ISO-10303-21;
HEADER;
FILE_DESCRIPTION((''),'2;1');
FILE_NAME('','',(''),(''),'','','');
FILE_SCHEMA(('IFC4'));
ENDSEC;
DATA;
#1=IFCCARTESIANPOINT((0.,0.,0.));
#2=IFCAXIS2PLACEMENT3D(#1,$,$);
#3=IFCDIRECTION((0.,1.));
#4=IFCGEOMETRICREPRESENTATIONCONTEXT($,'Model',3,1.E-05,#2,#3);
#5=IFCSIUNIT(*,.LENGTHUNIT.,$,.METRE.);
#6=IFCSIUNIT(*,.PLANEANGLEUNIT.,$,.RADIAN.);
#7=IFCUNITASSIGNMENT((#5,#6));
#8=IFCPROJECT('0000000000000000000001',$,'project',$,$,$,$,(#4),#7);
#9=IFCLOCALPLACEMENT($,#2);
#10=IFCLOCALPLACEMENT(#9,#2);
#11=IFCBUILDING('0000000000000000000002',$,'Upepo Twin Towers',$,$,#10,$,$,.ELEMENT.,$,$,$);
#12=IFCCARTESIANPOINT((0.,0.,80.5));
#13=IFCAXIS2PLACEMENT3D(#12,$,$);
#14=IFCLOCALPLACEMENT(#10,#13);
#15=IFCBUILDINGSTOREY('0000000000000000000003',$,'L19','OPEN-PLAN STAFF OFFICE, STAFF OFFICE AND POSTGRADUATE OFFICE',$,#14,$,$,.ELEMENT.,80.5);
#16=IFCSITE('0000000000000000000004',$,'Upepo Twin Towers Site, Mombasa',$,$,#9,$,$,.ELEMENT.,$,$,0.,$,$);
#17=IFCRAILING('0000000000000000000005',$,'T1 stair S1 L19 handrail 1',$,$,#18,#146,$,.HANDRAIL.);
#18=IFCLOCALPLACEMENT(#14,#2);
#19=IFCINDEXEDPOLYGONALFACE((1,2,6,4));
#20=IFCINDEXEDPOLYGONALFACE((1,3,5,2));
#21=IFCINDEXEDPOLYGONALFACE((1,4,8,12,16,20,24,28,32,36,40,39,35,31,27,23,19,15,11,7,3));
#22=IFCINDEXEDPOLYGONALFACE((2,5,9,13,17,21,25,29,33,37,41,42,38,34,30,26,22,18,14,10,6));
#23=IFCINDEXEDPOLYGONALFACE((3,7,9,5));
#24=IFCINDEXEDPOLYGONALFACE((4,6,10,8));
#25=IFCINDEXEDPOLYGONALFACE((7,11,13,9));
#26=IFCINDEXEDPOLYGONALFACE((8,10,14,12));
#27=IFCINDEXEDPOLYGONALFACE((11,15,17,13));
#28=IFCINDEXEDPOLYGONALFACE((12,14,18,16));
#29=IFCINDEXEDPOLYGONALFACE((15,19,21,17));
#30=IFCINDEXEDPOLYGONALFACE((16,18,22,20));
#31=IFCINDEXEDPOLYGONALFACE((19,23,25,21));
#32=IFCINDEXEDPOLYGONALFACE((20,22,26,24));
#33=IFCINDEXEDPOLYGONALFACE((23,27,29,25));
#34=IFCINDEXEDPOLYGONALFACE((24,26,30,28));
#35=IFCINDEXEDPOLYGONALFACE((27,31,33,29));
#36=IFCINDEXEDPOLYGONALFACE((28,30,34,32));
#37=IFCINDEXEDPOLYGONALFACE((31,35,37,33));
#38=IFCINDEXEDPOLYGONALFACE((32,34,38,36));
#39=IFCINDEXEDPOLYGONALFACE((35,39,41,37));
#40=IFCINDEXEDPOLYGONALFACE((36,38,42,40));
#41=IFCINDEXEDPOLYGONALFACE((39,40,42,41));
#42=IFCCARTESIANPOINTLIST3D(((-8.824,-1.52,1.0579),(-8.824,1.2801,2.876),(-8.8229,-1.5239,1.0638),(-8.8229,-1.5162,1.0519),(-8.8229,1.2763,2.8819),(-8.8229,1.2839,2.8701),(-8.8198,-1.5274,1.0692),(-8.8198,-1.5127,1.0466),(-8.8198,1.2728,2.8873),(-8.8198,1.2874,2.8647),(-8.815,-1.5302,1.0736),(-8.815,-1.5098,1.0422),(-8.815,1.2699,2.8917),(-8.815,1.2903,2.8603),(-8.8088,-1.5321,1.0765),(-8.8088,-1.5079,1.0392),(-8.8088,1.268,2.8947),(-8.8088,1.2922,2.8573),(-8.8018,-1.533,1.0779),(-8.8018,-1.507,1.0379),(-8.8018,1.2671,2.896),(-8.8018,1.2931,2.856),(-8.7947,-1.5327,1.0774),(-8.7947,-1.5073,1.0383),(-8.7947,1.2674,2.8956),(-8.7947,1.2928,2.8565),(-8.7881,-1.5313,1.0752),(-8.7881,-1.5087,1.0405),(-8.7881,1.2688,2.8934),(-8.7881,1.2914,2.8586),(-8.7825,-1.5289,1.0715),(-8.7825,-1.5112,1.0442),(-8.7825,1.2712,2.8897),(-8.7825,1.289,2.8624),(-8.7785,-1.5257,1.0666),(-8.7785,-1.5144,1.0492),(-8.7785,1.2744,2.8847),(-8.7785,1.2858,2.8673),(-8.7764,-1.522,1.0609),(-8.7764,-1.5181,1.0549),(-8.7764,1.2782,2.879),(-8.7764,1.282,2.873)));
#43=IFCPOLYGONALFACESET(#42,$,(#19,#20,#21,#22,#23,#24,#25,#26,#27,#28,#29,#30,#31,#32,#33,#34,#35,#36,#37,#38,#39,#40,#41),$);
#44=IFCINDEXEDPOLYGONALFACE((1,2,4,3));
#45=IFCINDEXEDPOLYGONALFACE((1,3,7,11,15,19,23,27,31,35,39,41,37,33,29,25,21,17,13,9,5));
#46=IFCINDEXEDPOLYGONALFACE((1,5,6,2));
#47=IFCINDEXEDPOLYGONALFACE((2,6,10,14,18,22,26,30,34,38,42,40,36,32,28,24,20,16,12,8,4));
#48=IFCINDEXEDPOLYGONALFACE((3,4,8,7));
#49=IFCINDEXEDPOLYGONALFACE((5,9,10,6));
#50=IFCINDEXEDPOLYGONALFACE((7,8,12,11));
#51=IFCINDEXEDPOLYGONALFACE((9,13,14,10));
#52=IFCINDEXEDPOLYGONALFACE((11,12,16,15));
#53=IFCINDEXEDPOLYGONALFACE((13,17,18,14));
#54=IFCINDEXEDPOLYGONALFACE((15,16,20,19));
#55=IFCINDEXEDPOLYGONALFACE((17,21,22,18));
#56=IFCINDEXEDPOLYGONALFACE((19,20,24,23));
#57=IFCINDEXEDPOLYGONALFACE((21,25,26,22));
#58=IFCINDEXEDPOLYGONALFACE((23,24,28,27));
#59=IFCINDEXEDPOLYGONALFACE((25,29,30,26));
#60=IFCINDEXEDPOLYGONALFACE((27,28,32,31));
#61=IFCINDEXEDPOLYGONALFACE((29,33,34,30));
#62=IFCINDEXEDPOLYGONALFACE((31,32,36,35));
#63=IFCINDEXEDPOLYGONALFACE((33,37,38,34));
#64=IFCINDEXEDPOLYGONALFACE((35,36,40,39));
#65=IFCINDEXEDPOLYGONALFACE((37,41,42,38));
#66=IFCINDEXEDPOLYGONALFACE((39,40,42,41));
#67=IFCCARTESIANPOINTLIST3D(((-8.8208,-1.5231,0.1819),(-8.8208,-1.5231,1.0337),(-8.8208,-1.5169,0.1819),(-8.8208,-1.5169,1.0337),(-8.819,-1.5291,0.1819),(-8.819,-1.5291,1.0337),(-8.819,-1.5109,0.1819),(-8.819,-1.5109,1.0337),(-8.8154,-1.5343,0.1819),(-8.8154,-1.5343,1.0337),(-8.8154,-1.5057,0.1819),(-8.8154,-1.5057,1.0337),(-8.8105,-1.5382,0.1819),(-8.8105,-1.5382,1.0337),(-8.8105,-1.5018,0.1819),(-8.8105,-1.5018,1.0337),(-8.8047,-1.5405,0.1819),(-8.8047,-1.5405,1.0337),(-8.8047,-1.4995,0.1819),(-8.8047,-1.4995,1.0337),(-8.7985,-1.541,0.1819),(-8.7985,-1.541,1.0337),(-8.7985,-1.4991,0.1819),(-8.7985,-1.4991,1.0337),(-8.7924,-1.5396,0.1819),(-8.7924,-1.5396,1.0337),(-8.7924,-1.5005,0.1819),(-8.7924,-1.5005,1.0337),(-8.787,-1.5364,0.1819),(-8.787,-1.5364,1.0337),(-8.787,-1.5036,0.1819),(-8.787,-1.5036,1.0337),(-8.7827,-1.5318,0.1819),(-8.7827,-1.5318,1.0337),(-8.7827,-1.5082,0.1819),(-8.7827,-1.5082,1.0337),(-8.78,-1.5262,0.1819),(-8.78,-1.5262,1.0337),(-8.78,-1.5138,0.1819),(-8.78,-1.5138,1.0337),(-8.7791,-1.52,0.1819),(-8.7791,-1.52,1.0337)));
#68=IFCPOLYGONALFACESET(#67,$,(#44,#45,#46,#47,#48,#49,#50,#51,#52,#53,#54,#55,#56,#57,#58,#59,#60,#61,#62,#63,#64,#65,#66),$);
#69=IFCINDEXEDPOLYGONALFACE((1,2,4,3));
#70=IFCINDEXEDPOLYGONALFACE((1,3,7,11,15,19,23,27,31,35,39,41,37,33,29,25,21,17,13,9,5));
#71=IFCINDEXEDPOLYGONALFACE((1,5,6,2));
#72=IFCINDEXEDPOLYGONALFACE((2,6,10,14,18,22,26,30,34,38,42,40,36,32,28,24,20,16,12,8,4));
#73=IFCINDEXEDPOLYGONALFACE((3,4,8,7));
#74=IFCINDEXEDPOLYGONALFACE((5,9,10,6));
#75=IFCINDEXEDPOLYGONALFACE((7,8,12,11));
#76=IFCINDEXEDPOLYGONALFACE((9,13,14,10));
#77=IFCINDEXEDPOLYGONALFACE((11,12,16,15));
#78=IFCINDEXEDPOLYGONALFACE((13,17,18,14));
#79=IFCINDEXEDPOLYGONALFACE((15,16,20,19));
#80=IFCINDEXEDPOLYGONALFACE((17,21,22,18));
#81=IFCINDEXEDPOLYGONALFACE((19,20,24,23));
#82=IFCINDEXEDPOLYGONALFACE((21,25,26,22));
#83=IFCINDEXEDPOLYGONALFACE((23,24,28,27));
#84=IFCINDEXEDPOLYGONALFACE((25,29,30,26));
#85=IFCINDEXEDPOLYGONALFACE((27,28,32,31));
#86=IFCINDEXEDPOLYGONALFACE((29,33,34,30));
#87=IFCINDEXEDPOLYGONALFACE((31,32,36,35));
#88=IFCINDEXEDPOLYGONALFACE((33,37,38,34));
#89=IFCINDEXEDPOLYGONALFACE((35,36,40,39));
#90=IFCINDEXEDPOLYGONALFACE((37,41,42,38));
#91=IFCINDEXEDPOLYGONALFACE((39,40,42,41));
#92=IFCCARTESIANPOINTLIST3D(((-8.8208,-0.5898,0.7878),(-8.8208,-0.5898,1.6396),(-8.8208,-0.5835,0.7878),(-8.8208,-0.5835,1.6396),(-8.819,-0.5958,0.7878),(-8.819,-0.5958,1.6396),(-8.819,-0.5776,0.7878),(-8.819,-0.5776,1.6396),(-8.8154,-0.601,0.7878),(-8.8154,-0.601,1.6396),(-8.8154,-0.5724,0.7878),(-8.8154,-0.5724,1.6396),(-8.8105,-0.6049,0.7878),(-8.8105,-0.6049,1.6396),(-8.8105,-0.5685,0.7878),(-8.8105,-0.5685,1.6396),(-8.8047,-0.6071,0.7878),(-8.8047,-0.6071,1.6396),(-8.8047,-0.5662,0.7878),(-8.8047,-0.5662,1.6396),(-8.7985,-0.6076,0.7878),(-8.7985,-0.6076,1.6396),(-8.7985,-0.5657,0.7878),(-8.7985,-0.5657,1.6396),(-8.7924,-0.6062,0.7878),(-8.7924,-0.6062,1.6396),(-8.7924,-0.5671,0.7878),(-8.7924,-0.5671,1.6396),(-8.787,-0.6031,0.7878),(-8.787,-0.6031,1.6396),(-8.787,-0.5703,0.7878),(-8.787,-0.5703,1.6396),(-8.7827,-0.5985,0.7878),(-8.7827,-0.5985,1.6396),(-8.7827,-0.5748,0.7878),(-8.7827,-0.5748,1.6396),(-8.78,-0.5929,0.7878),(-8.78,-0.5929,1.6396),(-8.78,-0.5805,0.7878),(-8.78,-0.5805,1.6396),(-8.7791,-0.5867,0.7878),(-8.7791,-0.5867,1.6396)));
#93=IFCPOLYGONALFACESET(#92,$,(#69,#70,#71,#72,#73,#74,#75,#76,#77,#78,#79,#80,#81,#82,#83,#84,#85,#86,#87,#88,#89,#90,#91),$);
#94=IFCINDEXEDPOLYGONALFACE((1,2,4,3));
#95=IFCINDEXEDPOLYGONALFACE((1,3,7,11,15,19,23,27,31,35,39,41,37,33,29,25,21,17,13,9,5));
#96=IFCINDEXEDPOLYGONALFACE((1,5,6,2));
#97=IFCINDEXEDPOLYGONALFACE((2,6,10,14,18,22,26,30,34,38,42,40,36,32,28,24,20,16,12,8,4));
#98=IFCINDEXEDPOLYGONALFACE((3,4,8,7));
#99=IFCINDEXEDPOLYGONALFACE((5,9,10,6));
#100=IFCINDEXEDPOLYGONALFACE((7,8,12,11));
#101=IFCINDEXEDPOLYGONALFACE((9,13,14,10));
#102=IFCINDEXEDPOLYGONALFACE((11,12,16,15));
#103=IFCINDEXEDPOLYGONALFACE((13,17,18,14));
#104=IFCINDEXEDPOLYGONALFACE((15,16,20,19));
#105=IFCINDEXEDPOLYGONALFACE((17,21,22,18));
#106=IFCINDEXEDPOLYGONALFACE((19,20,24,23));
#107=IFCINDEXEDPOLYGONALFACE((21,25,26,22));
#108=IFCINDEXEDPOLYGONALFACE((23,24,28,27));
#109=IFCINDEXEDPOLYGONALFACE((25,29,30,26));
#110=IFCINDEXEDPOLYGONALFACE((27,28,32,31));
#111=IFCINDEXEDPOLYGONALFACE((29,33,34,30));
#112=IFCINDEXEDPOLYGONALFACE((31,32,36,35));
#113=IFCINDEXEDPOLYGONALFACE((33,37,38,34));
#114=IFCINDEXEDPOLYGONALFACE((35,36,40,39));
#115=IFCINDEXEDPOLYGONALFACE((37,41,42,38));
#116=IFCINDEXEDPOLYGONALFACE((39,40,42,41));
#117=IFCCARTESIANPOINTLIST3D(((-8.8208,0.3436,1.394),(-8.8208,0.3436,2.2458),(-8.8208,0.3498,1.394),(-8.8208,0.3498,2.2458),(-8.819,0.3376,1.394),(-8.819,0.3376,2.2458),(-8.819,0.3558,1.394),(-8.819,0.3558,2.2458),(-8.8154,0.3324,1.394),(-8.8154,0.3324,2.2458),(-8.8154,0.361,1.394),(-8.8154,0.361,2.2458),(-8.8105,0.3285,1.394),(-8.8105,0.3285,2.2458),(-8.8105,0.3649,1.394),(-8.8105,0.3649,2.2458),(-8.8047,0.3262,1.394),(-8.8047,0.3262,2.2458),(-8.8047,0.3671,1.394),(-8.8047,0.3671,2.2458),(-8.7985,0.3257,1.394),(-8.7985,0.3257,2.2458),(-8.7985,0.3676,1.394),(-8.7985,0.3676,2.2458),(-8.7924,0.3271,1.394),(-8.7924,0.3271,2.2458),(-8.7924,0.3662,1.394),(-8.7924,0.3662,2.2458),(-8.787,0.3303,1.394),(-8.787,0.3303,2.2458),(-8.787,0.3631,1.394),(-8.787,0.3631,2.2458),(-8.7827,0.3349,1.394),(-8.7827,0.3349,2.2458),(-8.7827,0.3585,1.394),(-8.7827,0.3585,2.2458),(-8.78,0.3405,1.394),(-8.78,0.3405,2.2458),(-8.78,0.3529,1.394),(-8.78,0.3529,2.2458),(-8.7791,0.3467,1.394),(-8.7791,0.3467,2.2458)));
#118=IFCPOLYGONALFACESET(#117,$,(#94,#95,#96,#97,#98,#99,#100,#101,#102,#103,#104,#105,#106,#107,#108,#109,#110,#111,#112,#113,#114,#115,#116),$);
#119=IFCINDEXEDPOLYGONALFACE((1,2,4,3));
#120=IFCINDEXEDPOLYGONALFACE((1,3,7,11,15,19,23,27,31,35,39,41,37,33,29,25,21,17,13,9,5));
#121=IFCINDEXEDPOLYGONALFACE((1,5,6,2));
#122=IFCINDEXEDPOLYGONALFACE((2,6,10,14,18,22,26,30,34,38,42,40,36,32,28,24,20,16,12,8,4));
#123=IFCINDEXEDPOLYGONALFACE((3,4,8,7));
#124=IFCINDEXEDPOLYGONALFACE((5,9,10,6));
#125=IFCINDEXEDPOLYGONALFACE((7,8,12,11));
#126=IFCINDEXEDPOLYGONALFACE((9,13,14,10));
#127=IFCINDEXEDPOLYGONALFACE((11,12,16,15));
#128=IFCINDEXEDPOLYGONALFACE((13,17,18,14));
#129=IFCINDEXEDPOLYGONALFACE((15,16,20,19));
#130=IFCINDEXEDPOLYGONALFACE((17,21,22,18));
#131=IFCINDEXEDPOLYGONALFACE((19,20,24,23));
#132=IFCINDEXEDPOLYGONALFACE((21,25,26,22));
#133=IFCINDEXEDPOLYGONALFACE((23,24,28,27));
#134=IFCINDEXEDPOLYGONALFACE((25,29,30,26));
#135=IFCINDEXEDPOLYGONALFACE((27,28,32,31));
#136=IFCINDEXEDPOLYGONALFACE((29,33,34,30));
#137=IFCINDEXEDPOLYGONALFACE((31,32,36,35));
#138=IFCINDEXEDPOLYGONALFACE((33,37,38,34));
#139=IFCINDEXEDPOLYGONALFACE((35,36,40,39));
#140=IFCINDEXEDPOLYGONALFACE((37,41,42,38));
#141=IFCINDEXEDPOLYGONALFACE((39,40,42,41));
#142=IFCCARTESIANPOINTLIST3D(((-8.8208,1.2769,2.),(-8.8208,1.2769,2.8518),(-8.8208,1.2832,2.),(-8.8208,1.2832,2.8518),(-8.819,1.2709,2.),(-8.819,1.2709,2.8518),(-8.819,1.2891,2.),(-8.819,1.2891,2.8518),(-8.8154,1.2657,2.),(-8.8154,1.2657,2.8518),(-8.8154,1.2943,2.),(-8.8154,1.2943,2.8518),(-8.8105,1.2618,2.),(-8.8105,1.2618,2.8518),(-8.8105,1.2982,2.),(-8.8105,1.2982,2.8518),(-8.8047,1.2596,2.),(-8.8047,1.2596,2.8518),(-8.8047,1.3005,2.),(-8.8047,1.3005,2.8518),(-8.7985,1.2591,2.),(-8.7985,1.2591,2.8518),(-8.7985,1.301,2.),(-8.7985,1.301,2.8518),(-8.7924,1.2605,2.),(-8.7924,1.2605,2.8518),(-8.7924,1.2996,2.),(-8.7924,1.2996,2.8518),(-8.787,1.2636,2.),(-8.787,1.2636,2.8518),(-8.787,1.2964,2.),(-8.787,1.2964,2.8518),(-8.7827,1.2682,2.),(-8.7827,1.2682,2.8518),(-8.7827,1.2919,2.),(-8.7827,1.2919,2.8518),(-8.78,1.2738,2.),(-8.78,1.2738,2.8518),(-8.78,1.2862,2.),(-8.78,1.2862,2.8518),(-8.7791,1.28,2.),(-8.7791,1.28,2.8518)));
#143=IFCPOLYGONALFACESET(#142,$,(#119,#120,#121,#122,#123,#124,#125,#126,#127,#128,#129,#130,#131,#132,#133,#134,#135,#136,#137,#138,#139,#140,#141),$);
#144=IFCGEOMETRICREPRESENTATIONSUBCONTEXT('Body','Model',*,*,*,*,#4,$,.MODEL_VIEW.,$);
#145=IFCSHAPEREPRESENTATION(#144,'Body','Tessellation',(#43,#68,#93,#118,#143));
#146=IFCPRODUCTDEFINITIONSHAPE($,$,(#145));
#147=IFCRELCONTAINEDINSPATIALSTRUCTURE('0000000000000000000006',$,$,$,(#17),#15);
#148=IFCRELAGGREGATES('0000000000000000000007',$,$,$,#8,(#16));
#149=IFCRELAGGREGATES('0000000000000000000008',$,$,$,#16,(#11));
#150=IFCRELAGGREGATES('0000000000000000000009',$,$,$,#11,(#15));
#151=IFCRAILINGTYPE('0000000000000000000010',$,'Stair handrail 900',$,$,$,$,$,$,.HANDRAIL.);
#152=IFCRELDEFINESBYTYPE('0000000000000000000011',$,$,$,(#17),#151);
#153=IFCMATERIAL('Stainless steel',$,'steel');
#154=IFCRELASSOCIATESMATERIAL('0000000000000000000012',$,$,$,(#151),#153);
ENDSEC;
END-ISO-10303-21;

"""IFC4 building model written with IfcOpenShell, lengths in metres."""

from ifc_helpers import new_model, si_unit, direction, frame, origin, origin_2d, place, context, subcontext, project, spatial, circle, extrude, material, type_object, element, save


model = new_model("IFC4")

# Units and contexts
model_context = context("Model", 3, precision=1e-05, world=origin(), true_north=direction((0.0, 1.0)))
body_context = subcontext(model_context, "Body", "Model", "MODEL_VIEW")
ifc_project = project(units=[si_unit("LENGTHUNIT", "METRE"), si_unit("PLANEANGLEUNIT", "RADIAN")], contexts=[model_context])

# Site, building, storey
site_placement = place(None, origin())
site = spatial("IfcSite", under=ifc_project, at=site_placement, Name="Upepo Twin Towers Site, Mombasa", CompositionType="ELEMENT", RefElevation=0.0)
building_placement = place(site_placement, origin())
building = spatial("IfcBuilding", under=site, at=building_placement, Name="Upepo Twin Towers", CompositionType="ELEMENT")
storey_placement = place(building_placement, frame((0.0, 0.0, 80.5)))
storey = spatial("IfcBuildingStorey", under=building, at=storey_placement, Name="L19", Description="OPEN-PLAN STAFF OFFICE, STAFF OFFICE AND POSTGRADUATE OFFICE", CompositionType="ELEMENT", Elevation=80.5)

# Railing
ifc_material_1 = material(Name="Stainless steel", Category="steel")
railing_type = type_object("IfcRailingType", Name="Stair handrail 900", PredefinedType="HANDRAIL", material=ifc_material_1)
railing_placement = place(storey_placement, frame((-8.8, -1.52, 0.1819)))
element("IfcRailing", 1, at=railing_placement, inside=storey, type_object=railing_type, Name="T1 stair S1 L19 handrail 1", PredefinedType="HANDRAIL", context=body_context, shape_type="SweptSolid", body=[
    extrude(circle(Radius=0.0239, at=origin_2d()), frame((0.0, 0.0, 0.876), z_axis=(0.0, 0.838706, 0.544585), x_axis=(-1.0, 0.0, 0.0)), (0.0, 0.0, 1.0), 3.3386),
    extrude(circle(Radius=0.021, at=origin_2d()), origin(), (0.0, 0.0, 1.0), 0.8518),
    extrude(circle(Radius=0.021, at=origin_2d()), frame((0.0, 0.9333, 0.606)), (0.0, 0.0, 1.0), 0.8518),
    extrude(circle(Radius=0.021, at=origin_2d()), frame((0.0, 1.8667, 1.2122)), (0.0, 0.0, 1.0), 0.8518),
    extrude(circle(Radius=0.021, at=origin_2d()), frame((0.0, 2.8, 1.8181)), (0.0, 0.0, 1.0), 0.8518),
])

save(model, "model.ifc")
